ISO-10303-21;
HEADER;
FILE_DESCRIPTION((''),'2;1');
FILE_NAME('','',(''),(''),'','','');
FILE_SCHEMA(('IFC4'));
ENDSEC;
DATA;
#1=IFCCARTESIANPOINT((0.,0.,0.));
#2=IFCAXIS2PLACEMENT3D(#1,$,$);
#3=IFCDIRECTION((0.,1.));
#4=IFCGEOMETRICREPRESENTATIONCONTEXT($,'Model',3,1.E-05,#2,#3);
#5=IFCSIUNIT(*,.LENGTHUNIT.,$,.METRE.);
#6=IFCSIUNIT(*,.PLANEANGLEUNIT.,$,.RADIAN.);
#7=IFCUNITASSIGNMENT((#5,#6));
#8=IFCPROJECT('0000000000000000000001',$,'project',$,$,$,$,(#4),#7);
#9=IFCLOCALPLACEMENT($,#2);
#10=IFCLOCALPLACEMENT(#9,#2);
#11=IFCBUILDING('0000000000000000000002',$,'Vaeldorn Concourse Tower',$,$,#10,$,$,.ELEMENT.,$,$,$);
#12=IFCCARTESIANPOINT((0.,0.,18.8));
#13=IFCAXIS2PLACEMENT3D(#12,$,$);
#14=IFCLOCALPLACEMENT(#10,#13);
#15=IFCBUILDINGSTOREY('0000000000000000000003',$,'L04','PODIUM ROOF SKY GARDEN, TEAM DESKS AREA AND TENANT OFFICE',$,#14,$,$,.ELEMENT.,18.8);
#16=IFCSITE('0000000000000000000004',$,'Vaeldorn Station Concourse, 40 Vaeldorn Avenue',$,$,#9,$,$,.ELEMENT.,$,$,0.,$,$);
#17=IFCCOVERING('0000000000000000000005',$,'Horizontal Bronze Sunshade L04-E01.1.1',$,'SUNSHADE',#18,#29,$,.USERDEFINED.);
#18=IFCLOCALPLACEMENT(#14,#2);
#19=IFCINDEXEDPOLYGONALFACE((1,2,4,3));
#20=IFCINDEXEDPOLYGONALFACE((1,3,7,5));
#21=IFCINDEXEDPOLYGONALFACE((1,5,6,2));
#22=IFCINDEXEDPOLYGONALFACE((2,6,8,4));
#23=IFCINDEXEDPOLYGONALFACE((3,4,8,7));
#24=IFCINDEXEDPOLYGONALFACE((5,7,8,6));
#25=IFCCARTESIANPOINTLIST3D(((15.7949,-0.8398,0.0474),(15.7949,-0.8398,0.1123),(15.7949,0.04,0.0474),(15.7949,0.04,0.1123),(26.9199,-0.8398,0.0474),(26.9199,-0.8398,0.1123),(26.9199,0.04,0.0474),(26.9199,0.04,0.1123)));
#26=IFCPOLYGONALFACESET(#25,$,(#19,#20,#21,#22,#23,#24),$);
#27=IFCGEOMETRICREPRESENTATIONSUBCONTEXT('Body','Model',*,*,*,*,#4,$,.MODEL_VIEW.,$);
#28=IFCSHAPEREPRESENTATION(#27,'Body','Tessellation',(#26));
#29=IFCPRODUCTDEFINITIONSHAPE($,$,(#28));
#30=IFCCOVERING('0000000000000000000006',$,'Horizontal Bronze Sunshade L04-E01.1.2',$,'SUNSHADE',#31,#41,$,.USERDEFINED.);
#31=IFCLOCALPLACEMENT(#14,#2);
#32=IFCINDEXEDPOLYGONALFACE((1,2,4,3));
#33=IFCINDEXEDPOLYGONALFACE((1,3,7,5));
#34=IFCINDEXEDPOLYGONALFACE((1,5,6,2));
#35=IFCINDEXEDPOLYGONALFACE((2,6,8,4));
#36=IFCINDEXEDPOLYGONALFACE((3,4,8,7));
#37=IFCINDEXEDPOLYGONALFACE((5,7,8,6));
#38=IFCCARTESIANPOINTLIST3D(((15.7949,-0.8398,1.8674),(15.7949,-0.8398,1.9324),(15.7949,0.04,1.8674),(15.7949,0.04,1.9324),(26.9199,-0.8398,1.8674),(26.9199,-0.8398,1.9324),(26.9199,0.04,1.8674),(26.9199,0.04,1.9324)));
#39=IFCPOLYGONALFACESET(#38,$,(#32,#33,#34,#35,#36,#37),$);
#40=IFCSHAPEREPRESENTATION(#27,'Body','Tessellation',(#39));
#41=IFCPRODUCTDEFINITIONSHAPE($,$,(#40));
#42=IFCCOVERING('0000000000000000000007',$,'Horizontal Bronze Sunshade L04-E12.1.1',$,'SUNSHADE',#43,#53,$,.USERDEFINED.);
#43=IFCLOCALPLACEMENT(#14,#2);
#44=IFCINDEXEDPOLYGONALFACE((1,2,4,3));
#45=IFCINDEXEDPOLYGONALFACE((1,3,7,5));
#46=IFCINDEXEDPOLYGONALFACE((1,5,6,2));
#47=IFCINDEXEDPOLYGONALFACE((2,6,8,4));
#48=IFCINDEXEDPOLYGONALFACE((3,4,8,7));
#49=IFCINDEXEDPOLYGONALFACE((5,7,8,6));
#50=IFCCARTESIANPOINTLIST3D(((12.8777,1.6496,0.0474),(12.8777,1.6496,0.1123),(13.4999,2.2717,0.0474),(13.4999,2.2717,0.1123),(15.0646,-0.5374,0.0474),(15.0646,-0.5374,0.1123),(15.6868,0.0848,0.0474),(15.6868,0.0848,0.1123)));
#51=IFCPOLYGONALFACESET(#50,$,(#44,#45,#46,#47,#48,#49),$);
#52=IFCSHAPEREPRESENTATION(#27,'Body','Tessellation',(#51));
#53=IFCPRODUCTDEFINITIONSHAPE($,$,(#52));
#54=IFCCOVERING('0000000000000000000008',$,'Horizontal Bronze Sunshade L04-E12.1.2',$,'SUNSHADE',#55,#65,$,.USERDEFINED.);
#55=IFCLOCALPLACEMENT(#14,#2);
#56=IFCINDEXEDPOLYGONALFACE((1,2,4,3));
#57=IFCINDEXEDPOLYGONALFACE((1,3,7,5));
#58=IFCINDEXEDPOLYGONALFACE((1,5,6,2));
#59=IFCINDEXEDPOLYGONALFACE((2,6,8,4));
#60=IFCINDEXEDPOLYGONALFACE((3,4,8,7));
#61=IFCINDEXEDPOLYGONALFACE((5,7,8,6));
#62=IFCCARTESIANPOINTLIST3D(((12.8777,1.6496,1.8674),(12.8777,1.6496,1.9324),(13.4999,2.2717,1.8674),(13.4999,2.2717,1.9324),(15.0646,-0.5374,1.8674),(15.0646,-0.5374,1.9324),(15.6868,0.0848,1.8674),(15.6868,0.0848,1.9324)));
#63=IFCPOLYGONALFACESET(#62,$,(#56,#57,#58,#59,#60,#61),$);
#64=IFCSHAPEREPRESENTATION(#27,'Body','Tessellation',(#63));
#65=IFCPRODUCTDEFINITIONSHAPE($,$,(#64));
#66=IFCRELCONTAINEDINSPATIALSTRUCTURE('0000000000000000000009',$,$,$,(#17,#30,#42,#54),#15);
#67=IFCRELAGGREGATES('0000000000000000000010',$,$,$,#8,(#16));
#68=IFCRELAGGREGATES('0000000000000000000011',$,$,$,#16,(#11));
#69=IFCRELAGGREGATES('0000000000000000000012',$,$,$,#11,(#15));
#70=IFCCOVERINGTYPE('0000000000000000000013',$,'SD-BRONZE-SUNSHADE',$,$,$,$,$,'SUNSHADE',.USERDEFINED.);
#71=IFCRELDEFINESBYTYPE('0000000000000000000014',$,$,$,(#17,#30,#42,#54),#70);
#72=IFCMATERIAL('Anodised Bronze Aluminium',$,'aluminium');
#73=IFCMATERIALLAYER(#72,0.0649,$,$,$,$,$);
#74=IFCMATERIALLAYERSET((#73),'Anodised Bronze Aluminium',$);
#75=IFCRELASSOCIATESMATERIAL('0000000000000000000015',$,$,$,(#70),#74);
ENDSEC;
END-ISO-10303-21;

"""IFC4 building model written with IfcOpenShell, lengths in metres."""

from ifc_helpers import new_model, si_unit, direction, frame, origin, origin_2d, place, context, subcontext, project, spatial, rectangle, extrude, source, transform, mapped, material, layer, layer_set, type_object, element, save


model = new_model("IFC4")

# Units and contexts
model_context = context("Model", 3, precision=1e-05, world=origin(), true_north=direction((0.0, 1.0)))
body_context = subcontext(model_context, "Body", "Model", "MODEL_VIEW")
ifc_project = project(units=[si_unit("LENGTHUNIT", "METRE"), si_unit("PLANEANGLEUNIT", "RADIAN")], contexts=[model_context])

# Site, building, storey
site_placement = place(None, origin())
site = spatial("IfcSite", under=ifc_project, at=site_placement, Name="Vaeldorn Station Concourse, 40 Vaeldorn Avenue", CompositionType="ELEMENT", RefElevation=0.0)
building_placement = place(site_placement, origin())
building = spatial("IfcBuilding", under=site, at=building_placement, Name="Vaeldorn Concourse Tower", CompositionType="ELEMENT")
storey_placement = place(building_placement, frame((0.0, 0.0, 18.8)))
storey = spatial("IfcBuildingStorey", under=building, at=storey_placement, Name="L04", Description="PODIUM ROOF SKY GARDEN, TEAM DESKS AREA AND TENANT OFFICE", CompositionType="ELEMENT", Elevation=18.8)

# Shared definitions
ifc_material_1 = material(Name="Anodised Bronze Aluminium", Category="aluminium")

# Coverings
ifc_layer_1 = layer(ifc_material_1, 0.0649)
ifc_layer_set_1 = layer_set([ifc_layer_1], Name="Anodised Bronze Aluminium")
covering_type = type_object("IfcCoveringType", Name="SD-BRONZE-SUNSHADE", ElementType="SUNSHADE", PredefinedType="USERDEFINED", material=ifc_layer_set_1)
shared_shape_1 = source(origin(), body_context, "Body", "SweptSolid", [
    extrude(rectangle(XDim=11.125, YDim=0.8799, at=origin_2d()), origin(), (0.0, 0.0, 1.0), 0.0649),
])
for number, where, z_axis, x_axis, name in (
    (1, (21.3574, -0.3999, 0.0474), (0.0, 0.0, 1.0), (1.0, 0.0, 0.0), "Horizontal Bronze Sunshade L04-E01.1.1"),
    (2, (21.3574, -0.3999, 1.8674), (0.0, 0.0, 1.0), (1.0, 0.0, 0.0), "Horizontal Bronze Sunshade L04-E01.1.2"),
):
    element("IfcCovering", number, at=place(storey_placement, frame(where, z_axis=z_axis, x_axis=x_axis)), inside=storey, type_object=covering_type, Name=name, ObjectType="SUNSHADE", PredefinedType="USERDEFINED", context=body_context, shape_type="MappedRepresentation", body=[
        mapped(shared_shape_1, transform((0.0, 0.0, 0.0), scale=1.0)),
    ])
shared_shape_2 = source(origin(), body_context, "Body", "SweptSolid", [
    extrude(rectangle(XDim=3.0928, YDim=0.8799, at=origin_2d()), origin(), (0.0, 0.0, 1.0), 0.0649),
])
for number, where, z_axis, x_axis, name in (
    (3, (14.2822, 0.8672, 0.0474), (0.0, 0.0, 1.0), (0.707107, -0.707107, 0.0), "Horizontal Bronze Sunshade L04-E12.1.1"),
    (4, (14.2822, 0.8672, 1.8674), (0.0, 0.0, 1.0), (0.707107, -0.707107, 0.0), "Horizontal Bronze Sunshade L04-E12.1.2"),
):
    element("IfcCovering", number, at=place(storey_placement, frame(where, z_axis=z_axis, x_axis=x_axis)), inside=storey, type_object=covering_type, Name=name, ObjectType="SUNSHADE", PredefinedType="USERDEFINED", context=body_context, shape_type="MappedRepresentation", body=[
        mapped(shared_shape_2, transform((0.0, 0.0, 0.0), scale=1.0)),
    ])

save(model, "model.ifc")
